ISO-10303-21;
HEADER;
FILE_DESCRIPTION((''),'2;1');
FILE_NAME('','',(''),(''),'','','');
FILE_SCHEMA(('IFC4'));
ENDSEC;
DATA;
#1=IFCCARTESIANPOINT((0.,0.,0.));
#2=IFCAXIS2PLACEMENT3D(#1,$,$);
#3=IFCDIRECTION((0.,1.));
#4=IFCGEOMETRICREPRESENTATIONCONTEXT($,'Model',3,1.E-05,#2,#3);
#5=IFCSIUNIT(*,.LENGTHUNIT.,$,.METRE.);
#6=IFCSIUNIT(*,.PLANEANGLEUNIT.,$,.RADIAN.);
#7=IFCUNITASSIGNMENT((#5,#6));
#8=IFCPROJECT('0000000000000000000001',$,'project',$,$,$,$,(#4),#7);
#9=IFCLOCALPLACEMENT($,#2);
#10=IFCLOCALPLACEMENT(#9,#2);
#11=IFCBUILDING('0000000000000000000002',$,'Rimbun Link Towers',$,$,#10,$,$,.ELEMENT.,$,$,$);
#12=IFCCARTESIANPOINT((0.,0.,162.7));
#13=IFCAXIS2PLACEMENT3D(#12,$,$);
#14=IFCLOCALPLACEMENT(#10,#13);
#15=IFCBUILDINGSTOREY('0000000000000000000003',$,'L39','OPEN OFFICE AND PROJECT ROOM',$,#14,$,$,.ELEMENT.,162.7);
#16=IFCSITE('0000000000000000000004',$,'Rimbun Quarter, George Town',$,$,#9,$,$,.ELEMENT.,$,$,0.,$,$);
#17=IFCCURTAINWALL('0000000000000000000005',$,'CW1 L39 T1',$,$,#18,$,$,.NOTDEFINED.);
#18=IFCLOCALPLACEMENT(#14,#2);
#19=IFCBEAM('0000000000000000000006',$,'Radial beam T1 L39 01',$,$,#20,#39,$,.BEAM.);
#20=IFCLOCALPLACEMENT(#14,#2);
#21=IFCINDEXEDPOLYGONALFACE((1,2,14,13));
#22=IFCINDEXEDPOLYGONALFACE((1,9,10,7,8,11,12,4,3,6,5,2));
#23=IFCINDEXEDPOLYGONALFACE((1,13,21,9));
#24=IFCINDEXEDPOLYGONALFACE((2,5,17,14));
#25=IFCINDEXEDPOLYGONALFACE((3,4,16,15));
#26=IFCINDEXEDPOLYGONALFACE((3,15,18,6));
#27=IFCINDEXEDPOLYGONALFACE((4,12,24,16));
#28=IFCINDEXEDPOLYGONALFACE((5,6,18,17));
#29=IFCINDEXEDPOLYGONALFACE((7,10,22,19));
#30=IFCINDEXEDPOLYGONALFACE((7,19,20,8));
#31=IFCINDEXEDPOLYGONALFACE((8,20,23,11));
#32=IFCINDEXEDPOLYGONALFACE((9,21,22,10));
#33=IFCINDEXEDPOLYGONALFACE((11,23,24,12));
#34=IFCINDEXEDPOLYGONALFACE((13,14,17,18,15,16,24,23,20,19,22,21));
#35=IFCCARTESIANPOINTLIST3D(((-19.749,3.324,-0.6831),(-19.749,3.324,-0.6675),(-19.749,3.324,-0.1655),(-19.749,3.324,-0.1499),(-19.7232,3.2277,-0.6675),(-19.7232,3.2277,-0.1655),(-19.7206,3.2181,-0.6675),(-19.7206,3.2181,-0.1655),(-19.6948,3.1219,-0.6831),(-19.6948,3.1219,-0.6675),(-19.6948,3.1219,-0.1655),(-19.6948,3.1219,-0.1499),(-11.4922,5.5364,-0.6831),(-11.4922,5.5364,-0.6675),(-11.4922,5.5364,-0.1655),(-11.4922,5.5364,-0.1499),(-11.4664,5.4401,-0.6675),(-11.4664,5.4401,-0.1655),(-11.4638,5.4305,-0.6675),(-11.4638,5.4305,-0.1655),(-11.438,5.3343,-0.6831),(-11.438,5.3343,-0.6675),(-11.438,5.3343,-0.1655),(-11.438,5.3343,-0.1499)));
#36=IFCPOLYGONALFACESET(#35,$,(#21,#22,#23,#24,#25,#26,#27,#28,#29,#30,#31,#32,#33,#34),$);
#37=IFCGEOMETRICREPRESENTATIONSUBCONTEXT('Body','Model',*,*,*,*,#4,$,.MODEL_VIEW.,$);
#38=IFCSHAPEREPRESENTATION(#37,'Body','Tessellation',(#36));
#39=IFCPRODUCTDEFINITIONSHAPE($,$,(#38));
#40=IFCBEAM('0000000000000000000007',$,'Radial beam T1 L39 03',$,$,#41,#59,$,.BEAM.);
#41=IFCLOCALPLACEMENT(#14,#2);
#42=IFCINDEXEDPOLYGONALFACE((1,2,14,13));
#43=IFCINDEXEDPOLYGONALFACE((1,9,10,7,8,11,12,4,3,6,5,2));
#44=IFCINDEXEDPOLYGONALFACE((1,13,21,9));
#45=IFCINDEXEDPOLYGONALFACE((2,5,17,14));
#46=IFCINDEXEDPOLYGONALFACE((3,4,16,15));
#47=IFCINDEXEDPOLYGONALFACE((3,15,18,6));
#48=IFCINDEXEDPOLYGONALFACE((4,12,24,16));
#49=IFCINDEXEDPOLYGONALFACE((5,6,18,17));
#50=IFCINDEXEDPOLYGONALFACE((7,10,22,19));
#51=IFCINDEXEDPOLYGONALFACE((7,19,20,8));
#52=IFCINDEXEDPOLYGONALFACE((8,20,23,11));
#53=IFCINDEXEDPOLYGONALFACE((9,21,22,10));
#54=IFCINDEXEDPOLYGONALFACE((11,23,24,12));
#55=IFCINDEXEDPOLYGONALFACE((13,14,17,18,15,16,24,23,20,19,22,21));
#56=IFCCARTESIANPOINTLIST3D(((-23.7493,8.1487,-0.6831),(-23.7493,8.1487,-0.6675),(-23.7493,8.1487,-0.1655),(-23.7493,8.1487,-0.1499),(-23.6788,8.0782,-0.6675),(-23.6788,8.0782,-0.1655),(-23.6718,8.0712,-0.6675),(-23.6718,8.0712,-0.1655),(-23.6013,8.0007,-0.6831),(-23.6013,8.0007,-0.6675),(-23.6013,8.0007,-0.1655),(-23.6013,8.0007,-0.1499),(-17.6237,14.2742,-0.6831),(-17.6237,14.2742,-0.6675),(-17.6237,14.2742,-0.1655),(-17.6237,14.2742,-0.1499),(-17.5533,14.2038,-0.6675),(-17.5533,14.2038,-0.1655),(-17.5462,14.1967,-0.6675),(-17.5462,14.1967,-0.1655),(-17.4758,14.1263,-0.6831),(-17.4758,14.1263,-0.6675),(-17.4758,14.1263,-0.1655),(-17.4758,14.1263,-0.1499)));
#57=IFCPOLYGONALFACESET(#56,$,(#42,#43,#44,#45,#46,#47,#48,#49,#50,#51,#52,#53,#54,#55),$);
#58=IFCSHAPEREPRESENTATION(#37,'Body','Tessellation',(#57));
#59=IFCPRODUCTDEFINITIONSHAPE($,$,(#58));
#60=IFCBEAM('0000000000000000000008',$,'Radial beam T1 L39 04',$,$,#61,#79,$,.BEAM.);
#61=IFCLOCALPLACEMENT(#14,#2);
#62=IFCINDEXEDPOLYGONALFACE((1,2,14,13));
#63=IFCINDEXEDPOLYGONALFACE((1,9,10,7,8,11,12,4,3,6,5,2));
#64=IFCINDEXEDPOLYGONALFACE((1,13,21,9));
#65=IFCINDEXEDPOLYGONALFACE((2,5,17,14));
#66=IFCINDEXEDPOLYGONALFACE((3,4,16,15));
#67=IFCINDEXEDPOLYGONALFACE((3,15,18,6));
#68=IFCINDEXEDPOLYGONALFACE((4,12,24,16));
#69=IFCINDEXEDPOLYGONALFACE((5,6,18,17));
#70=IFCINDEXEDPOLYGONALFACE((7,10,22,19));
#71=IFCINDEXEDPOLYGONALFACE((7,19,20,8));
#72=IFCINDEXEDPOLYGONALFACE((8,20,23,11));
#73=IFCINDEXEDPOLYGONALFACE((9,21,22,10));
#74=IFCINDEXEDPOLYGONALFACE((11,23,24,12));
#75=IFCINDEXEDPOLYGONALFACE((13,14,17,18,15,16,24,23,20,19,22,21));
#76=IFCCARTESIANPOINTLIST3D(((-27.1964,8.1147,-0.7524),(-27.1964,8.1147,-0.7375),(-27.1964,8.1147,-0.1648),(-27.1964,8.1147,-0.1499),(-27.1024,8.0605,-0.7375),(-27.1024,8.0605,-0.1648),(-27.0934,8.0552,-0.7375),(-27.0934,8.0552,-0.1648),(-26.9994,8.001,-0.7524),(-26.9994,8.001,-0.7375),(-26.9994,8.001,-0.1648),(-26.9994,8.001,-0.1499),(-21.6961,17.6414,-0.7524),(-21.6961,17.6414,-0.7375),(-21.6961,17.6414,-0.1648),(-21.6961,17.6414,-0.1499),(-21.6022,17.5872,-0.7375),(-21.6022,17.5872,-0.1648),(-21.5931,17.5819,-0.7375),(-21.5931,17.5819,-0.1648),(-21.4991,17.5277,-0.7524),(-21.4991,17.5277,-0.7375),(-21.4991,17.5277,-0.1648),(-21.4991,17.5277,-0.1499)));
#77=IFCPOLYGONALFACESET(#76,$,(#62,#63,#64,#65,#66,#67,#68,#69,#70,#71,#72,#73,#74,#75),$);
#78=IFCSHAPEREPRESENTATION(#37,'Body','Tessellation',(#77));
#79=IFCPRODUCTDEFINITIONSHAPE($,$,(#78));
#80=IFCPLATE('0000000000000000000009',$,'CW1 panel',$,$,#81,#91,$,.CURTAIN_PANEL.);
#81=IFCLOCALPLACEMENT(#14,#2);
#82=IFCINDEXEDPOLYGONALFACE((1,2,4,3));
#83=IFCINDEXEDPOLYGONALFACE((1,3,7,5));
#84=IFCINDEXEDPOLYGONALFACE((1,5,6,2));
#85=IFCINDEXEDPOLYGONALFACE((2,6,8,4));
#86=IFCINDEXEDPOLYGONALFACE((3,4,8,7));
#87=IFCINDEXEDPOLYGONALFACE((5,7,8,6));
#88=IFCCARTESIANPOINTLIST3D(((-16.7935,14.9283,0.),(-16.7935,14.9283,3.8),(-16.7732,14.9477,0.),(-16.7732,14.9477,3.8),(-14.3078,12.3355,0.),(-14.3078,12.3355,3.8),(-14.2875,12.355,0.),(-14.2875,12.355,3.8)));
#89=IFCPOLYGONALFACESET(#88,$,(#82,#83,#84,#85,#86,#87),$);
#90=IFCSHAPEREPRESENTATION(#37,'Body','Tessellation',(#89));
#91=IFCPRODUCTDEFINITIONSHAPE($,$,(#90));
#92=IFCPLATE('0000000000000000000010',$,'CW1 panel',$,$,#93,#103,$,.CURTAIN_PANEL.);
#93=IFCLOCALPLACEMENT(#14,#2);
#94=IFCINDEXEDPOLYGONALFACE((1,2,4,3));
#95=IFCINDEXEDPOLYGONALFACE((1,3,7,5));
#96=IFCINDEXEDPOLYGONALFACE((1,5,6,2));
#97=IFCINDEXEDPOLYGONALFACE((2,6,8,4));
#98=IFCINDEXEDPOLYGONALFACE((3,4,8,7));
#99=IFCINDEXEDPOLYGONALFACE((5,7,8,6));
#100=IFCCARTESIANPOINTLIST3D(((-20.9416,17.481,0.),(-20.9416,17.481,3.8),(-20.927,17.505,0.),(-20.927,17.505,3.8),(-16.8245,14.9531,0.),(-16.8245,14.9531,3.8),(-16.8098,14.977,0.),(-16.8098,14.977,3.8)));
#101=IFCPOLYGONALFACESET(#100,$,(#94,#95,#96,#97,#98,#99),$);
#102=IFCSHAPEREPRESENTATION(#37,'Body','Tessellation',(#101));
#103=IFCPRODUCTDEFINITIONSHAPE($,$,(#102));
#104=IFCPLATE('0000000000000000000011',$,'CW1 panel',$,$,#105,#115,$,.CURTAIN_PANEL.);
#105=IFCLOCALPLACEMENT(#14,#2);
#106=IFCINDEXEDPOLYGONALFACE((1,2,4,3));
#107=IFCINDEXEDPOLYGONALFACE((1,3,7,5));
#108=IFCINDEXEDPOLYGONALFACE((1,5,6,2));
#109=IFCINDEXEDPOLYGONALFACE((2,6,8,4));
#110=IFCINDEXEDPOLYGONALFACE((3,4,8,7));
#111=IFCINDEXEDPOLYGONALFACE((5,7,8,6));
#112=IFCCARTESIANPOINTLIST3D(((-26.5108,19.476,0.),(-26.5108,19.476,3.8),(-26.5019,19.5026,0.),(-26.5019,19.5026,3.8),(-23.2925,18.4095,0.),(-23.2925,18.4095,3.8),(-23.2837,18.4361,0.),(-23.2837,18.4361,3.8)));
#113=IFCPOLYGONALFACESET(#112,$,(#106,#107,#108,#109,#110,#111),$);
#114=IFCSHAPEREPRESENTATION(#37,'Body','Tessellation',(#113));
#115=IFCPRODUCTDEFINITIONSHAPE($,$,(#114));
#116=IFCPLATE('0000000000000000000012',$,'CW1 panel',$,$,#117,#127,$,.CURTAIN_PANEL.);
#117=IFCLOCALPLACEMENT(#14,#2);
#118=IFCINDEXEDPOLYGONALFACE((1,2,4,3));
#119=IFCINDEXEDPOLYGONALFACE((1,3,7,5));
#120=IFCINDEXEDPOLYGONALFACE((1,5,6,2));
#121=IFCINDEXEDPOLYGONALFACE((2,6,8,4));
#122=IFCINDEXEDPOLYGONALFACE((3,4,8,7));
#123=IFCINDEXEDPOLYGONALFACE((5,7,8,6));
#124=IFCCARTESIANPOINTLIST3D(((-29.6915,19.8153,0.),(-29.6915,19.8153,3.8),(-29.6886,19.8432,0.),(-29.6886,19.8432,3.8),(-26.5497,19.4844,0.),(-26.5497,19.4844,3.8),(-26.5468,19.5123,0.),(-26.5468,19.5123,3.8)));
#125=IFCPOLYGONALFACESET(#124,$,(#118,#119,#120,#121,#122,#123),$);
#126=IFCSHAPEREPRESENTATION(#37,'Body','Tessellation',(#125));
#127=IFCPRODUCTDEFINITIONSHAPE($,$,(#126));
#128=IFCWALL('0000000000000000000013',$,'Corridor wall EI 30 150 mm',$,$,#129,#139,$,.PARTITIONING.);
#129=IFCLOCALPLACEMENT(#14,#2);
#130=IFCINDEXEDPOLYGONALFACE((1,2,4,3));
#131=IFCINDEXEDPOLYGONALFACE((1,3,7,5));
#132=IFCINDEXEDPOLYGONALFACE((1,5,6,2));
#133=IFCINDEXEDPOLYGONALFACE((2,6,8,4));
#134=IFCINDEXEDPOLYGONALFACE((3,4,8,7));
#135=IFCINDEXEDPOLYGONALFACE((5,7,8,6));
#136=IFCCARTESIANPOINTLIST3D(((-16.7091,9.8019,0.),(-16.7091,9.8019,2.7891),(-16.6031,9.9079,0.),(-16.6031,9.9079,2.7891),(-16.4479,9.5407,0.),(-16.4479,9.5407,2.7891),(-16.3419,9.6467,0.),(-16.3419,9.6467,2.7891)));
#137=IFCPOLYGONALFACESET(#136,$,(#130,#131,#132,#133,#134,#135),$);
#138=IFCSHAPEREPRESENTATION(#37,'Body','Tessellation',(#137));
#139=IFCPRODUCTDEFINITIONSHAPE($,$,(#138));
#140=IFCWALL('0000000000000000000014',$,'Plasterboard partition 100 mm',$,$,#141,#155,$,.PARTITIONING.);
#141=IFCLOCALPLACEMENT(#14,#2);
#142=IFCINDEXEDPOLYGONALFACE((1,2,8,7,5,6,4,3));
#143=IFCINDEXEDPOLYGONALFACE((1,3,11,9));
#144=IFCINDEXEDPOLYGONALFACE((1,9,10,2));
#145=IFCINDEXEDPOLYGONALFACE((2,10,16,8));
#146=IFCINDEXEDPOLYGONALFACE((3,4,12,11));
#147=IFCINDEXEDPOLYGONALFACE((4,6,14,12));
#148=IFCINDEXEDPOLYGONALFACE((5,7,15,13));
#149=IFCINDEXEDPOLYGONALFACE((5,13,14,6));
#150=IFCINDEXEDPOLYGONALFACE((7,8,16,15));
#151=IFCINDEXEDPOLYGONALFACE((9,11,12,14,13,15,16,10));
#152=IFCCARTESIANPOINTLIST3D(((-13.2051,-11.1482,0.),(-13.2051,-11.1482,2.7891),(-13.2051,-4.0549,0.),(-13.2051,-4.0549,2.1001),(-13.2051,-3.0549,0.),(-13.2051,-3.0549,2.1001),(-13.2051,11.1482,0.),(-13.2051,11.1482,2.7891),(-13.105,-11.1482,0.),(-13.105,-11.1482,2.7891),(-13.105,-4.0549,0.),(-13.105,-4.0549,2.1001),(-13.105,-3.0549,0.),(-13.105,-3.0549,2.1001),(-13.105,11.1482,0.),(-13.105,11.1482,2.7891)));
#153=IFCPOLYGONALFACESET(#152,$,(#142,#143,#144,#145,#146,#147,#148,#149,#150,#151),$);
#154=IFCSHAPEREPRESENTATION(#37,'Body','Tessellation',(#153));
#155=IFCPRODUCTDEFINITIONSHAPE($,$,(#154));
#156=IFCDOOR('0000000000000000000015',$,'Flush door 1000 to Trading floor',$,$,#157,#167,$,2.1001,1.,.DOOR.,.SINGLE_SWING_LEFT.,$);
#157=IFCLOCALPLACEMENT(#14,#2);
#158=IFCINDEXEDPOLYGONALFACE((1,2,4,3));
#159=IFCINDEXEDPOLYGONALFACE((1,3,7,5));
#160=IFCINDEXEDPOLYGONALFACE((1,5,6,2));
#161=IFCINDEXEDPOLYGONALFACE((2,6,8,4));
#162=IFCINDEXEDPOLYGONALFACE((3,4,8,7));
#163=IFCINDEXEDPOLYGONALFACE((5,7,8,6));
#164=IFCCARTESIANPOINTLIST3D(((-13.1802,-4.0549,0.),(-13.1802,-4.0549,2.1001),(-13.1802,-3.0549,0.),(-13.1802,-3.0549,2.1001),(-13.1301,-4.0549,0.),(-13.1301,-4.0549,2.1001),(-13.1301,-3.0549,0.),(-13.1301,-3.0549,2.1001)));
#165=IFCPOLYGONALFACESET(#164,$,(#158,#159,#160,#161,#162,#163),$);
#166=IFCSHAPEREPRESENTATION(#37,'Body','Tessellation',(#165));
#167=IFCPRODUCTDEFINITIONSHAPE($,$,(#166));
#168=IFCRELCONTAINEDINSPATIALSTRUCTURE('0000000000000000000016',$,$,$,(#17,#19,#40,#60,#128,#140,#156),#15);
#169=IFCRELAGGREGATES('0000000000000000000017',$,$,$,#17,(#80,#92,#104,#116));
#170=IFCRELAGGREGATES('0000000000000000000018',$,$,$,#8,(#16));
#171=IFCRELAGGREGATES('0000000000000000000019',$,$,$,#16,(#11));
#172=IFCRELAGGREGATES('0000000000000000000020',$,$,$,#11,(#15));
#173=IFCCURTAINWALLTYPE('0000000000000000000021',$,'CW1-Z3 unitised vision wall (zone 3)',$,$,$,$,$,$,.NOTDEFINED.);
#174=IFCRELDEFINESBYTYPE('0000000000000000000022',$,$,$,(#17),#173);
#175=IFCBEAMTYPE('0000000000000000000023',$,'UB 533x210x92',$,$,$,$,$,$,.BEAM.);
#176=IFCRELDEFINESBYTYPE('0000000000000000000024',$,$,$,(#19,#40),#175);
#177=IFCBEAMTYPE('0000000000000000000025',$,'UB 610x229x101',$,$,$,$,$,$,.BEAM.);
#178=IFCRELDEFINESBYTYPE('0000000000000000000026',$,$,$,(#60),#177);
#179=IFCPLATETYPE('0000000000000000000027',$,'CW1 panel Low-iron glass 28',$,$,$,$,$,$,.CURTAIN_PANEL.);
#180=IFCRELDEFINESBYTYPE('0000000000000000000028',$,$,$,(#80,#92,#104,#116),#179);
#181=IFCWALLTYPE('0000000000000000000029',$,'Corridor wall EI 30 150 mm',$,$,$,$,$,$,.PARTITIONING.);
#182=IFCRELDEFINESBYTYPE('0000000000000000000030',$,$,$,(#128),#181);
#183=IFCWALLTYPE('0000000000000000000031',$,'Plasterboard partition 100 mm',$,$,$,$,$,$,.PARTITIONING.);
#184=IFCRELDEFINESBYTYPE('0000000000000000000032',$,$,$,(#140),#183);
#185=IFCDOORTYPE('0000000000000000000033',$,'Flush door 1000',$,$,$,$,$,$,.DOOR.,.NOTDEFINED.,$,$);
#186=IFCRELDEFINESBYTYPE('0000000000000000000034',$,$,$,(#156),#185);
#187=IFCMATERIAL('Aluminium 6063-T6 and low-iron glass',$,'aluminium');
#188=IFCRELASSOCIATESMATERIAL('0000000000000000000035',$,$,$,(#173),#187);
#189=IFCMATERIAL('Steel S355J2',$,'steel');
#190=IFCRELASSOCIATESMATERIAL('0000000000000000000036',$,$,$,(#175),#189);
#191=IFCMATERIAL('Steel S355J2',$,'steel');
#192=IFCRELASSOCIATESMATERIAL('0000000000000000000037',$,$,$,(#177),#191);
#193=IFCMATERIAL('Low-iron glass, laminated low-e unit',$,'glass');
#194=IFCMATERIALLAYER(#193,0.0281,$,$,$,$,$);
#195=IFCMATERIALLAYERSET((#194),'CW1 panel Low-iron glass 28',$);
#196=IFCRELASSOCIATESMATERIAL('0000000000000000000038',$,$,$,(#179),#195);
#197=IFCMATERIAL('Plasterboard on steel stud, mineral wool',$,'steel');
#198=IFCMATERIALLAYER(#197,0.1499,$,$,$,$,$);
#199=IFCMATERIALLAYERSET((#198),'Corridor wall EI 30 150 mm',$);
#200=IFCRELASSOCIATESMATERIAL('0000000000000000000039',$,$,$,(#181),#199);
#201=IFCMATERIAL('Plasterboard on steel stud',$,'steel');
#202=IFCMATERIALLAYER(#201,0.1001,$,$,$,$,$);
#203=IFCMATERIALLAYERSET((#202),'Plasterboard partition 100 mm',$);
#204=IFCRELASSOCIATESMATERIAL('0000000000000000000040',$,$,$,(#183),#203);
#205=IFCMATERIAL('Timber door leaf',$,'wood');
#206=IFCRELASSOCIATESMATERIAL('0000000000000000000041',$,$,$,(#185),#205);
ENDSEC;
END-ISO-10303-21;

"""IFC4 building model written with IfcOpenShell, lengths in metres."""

from ifc_helpers import new_model, si_unit, direction, frame, frame_2d, origin, origin_2d, place, context, subcontext, project, spatial, rectangle, i_section, extrude, material, layer, layer_set, material_profile, profile_set, type_object, element, fill, aggregate, save


model = new_model("IFC4")

# Units and contexts
model_context = context("Model", 3, precision=1e-05, world=origin(), true_north=direction((0.0, 1.0)))
body_context = subcontext(model_context, "Body", "Model", "MODEL_VIEW")
ifc_project = project(units=[si_unit("LENGTHUNIT", "METRE"), si_unit("PLANEANGLEUNIT", "RADIAN")], contexts=[model_context])

# Site, building, storey
site_placement = place(None, origin())
site = spatial("IfcSite", under=ifc_project, at=site_placement, Name="Rimbun Quarter, George Town", CompositionType="ELEMENT", RefElevation=0.0)
building_placement = place(site_placement, origin())
building = spatial("IfcBuilding", under=site, at=building_placement, Name="Rimbun Link Towers", CompositionType="ELEMENT")
storey_placement = place(building_placement, frame((0.0, 0.0, 162.7)))
storey = spatial("IfcBuildingStorey", under=building, at=storey_placement, Name="L39", Description="OPEN OFFICE AND PROJECT ROOM", CompositionType="ELEMENT", Elevation=162.7)

# Curtain wall
ifc_material_1 = material(Name="Aluminium 6063-T6 and low-iron glass", Category="aluminium")
curtain_wall_type = type_object("IfcCurtainWallType", Name="CW1-Z3 unitised vision wall (zone 3)", PredefinedType="NOTDEFINED", material=ifc_material_1)
curtain_wall_placement = place(storey_placement, origin())
curtain_wall = element("IfcCurtainWall", 1, at=curtain_wall_placement, inside=storey, type_object=curtain_wall_type, Name="CW1 L39 T1", PredefinedType="NOTDEFINED")

# Beams
ifc_material_2 = material(Name="Steel S355J2", Category="steel")
ifc_material_profile_1 = material_profile(ifc_material_2, i_section(OverallWidth=0.2092, OverallDepth=0.5332, WebThickness=0.01, FlangeThickness=0.0156, at=origin_2d()), Name="UB 533x210x92")
ifc_profile_set_1 = profile_set([ifc_material_profile_1], Name="Steel S355J2")
beam_type_1 = type_object("IfcBeamType", Name="UB 533x210x92", PredefinedType="BEAM", material=ifc_profile_set_1)
beam_1_placement = place(storey_placement, frame((-19.7219, 3.2229, -0.4165), z_axis=(0.965926, 0.258818, 0.0), x_axis=(-0.258818, 0.965926, 0.0)))
element("IfcBeam", 2, at=beam_1_placement, inside=storey, type_object=beam_type_1, Name="Radial beam T1 L39 01", PredefinedType="BEAM", context=body_context, shape_type="SweptSolid", body=[
    extrude(i_section(OverallWidth=0.2092, OverallDepth=0.5332, WebThickness=0.01, FlangeThickness=0.0156, at=origin_2d()), origin(), (0.0, 0.0, 1.0), 8.5481),
])
beam_2_placement = place(storey_placement, frame((-23.6753, 8.0747, -0.4165), z_axis=(0.707107, 0.707107, 0.0), x_axis=(-0.707107, 0.707107, 0.0)))
element("IfcBeam", 3, at=beam_2_placement, inside=storey, type_object=beam_type_1, Name="Radial beam T1 L39 03", PredefinedType="BEAM", context=body_context, shape_type="SweptSolid", body=[
    extrude(i_section(OverallWidth=0.2092, OverallDepth=0.5332, WebThickness=0.01, FlangeThickness=0.0156, at=origin_2d()), origin(), (0.0, 0.0, 1.0), 8.6628),
])
ifc_material_3 = material(Name="Steel S355J2", Category="steel")
ifc_material_profile_2 = material_profile(ifc_material_3, i_section(OverallWidth=0.2275, OverallDepth=0.6025, WebThickness=0.0105, FlangeThickness=0.0149, at=origin_2d()), Name="UB 610x229x101")
ifc_profile_set_2 = profile_set([ifc_material_profile_2], Name="Steel S355J2")
beam_type_2 = type_object("IfcBeamType", Name="UB 610x229x101", PredefinedType="BEAM", material=ifc_profile_set_2)
beam_3_placement = place(storey_placement, frame((-27.0979, 8.0579, -0.4512), z_axis=(0.500004, 0.866023, 0.0), x_axis=(-0.866023, 0.500004, 0.0)))
element("IfcBeam", 4, at=beam_3_placement, inside=storey, type_object=beam_type_2, Name="Radial beam T1 L39 04", PredefinedType="BEAM", context=body_context, shape_type="SweptSolid", body=[
    extrude(i_section(OverallWidth=0.2275, OverallDepth=0.6025, WebThickness=0.0105, FlangeThickness=0.0149, at=origin_2d()), origin(), (0.0, 0.0, 1.0), 11.0005),
])

# Plates
ifc_material_4 = material(Name="Low-iron glass, laminated low-e unit", Category="glass")
ifc_layer_1 = layer(ifc_material_4, 0.0281)
ifc_layer_set_1 = layer_set([ifc_layer_1], Name="CW1 panel Low-iron glass 28")
plate_type = type_object("IfcPlateType", Name="CW1 panel Low-iron glass 28", PredefinedType="CURTAIN_PANEL", material=ifc_layer_set_1)
plate_1_placement = place(storey_placement, frame((-15.5405, 13.6416, 0.0), z_axis=(0.0, 0.0, 1.0), x_axis=(0.692052, -0.721847, 0.0)))
plate_1 = element("IfcPlate", 5, at=plate_1_placement, type_object=plate_type, Name="CW1 panel", PredefinedType="CURTAIN_PANEL", context=body_context, shape_type="SweptSolid", body=[
    extrude(rectangle(XDim=3.5918, YDim=0.0281, at=origin_2d()), origin(), (0.0, 0.0, 1.0), 3.8),
])
plate_2_placement = place(storey_placement, frame((-18.8757, 16.229, 0.0), z_axis=(0.0, 0.0, 1.0), x_axis=(0.852179, -0.52325, 0.0)))
plate_2 = element("IfcPlate", 6, at=plate_2_placement, type_object=plate_type, Name="CW1 panel", PredefinedType="CURTAIN_PANEL", context=body_context, shape_type="SweptSolid", body=[
    extrude(rectangle(XDim=4.8313, YDim=0.0281, at=origin_2d()), origin(), (0.0, 0.0, 1.0), 3.8),
])
plate_3_placement = place(storey_placement, frame((-24.8972, 18.9561, 0.0), z_axis=(0.0, 0.0, 1.0), x_axis=(0.949239, -0.314556, 0.0)))
plate_3 = element("IfcPlate", 7, at=plate_3_placement, type_object=plate_type, Name="CW1 panel", PredefinedType="CURTAIN_PANEL", context=body_context, shape_type="SweptSolid", body=[
    extrude(rectangle(XDim=3.3904, YDim=0.0281, at=origin_2d()), origin(), (0.0, 0.0, 1.0), 3.8),
])
plate_4_placement = place(storey_placement, frame((-28.1191, 19.6638, 0.0), z_axis=(0.0, 0.0, 1.0), x_axis=(0.9945, -0.10474, 0.0)))
plate_4 = element("IfcPlate", 8, at=plate_4_placement, type_object=plate_type, Name="CW1 panel", PredefinedType="CURTAIN_PANEL", context=body_context, shape_type="SweptSolid", body=[
    extrude(rectangle(XDim=3.1592, YDim=0.0281, at=origin_2d()), origin(), (0.0, 0.0, 1.0), 3.8),
])
aggregate(curtain_wall, [plate_1, plate_2, plate_3, plate_4])

# Wall
ifc_material_5 = material(Name="Plasterboard on steel stud, mineral wool", Category="steel")
ifc_layer_2 = layer(ifc_material_5, 0.1499)
ifc_layer_set_2 = layer_set([ifc_layer_2], Name="Corridor wall EI 30 150 mm")
wall_type_1 = type_object("IfcWallType", Name="Corridor wall EI 30 150 mm", PredefinedType="PARTITIONING", material=ifc_layer_set_2)
wall_1_placement = place(storey_placement, frame((-16.395, 9.5938, 0.0), z_axis=(0.0, 0.0, 1.0), x_axis=(-0.707107, 0.707107, 0.0)))
element("IfcWall", 9, at=wall_1_placement, inside=storey, type_object=wall_type_1, Name="Corridor wall EI 30 150 mm", PredefinedType="PARTITIONING", context=body_context, shape_type="SweptSolid", body=[
    extrude(rectangle(XDim=0.3694, YDim=0.1499, at=frame_2d((0.1846, 0.0))), origin(), (0.0, 0.0, 1.0), 2.7891),
])

# Wall, opening, door
ifc_material_6 = material(Name="Plasterboard on steel stud", Category="steel")
ifc_layer_3 = layer(ifc_material_6, 0.1001)
ifc_layer_set_3 = layer_set([ifc_layer_3], Name="Plasterboard partition 100 mm")
wall_type_2 = type_object("IfcWallType", Name="Plasterboard partition 100 mm", PredefinedType="PARTITIONING", material=ifc_layer_set_3)
wall_2_placement = place(storey_placement, frame((-13.155, 11.1482, 0.0), z_axis=(0.0, 0.0, 1.0), x_axis=(0.0, -1.0, 0.0)))
wall_2 = element("IfcWall", 10, at=wall_2_placement, inside=storey, type_object=wall_type_2, Name="Plasterboard partition 100 mm", PredefinedType="PARTITIONING", context=body_context, shape_type="SweptSolid", body=[
    extrude(rectangle(XDim=22.2964, YDim=0.1001, at=frame_2d((11.1482, 0.0))), origin(), (0.0, 0.0, 1.0), 2.7891),
])
opening_1_placement = place(wall_2_placement, frame((14.2031, 0.0, 0.0)))
opening_1 = element("IfcOpeningElement", 11, at=opening_1_placement, cuts=wall_2, PredefinedType="OPENING", context=body_context, shape_type="SweptSolid", body=[
    extrude(rectangle(XDim=1.0, YDim=2.1001, at=frame_2d((0.5, 1.05))), frame((0.0, 0.0601, 0.0), z_axis=(0.0, -1.0, 0.0), x_axis=(1.0, 0.0, 0.0)), (0.0, 0.0, 1.0), 0.1201),
])
ifc_material_7 = material(Name="Timber door leaf", Category="wood")
door_type_1 = type_object("IfcDoorType", Name="Flush door 1000", OperationType="NOTDEFINED", PredefinedType="DOOR", material=ifc_material_7)
door_1_placement = place(opening_1_placement, origin())
door_1 = element("IfcDoor", 12, at=door_1_placement, inside=storey, type_object=door_type_1, Name="Flush door 1000 to Trading floor", OperationType="SINGLE_SWING_LEFT", OverallHeight=2.1001, OverallWidth=1.0, PredefinedType="DOOR", context=body_context, shape_type="SweptSolid", body=[
    extrude(rectangle(XDim=1.0, YDim=2.1001, at=frame_2d((0.5, 1.05))), frame((0.0, 0.0249, 0.0), z_axis=(0.0, -1.0, 0.0), x_axis=(1.0, 0.0, 0.0)), (0.0, 0.0, 1.0), 0.05),
])
fill(opening_1, door_1)

save(model, "model.ifc")
